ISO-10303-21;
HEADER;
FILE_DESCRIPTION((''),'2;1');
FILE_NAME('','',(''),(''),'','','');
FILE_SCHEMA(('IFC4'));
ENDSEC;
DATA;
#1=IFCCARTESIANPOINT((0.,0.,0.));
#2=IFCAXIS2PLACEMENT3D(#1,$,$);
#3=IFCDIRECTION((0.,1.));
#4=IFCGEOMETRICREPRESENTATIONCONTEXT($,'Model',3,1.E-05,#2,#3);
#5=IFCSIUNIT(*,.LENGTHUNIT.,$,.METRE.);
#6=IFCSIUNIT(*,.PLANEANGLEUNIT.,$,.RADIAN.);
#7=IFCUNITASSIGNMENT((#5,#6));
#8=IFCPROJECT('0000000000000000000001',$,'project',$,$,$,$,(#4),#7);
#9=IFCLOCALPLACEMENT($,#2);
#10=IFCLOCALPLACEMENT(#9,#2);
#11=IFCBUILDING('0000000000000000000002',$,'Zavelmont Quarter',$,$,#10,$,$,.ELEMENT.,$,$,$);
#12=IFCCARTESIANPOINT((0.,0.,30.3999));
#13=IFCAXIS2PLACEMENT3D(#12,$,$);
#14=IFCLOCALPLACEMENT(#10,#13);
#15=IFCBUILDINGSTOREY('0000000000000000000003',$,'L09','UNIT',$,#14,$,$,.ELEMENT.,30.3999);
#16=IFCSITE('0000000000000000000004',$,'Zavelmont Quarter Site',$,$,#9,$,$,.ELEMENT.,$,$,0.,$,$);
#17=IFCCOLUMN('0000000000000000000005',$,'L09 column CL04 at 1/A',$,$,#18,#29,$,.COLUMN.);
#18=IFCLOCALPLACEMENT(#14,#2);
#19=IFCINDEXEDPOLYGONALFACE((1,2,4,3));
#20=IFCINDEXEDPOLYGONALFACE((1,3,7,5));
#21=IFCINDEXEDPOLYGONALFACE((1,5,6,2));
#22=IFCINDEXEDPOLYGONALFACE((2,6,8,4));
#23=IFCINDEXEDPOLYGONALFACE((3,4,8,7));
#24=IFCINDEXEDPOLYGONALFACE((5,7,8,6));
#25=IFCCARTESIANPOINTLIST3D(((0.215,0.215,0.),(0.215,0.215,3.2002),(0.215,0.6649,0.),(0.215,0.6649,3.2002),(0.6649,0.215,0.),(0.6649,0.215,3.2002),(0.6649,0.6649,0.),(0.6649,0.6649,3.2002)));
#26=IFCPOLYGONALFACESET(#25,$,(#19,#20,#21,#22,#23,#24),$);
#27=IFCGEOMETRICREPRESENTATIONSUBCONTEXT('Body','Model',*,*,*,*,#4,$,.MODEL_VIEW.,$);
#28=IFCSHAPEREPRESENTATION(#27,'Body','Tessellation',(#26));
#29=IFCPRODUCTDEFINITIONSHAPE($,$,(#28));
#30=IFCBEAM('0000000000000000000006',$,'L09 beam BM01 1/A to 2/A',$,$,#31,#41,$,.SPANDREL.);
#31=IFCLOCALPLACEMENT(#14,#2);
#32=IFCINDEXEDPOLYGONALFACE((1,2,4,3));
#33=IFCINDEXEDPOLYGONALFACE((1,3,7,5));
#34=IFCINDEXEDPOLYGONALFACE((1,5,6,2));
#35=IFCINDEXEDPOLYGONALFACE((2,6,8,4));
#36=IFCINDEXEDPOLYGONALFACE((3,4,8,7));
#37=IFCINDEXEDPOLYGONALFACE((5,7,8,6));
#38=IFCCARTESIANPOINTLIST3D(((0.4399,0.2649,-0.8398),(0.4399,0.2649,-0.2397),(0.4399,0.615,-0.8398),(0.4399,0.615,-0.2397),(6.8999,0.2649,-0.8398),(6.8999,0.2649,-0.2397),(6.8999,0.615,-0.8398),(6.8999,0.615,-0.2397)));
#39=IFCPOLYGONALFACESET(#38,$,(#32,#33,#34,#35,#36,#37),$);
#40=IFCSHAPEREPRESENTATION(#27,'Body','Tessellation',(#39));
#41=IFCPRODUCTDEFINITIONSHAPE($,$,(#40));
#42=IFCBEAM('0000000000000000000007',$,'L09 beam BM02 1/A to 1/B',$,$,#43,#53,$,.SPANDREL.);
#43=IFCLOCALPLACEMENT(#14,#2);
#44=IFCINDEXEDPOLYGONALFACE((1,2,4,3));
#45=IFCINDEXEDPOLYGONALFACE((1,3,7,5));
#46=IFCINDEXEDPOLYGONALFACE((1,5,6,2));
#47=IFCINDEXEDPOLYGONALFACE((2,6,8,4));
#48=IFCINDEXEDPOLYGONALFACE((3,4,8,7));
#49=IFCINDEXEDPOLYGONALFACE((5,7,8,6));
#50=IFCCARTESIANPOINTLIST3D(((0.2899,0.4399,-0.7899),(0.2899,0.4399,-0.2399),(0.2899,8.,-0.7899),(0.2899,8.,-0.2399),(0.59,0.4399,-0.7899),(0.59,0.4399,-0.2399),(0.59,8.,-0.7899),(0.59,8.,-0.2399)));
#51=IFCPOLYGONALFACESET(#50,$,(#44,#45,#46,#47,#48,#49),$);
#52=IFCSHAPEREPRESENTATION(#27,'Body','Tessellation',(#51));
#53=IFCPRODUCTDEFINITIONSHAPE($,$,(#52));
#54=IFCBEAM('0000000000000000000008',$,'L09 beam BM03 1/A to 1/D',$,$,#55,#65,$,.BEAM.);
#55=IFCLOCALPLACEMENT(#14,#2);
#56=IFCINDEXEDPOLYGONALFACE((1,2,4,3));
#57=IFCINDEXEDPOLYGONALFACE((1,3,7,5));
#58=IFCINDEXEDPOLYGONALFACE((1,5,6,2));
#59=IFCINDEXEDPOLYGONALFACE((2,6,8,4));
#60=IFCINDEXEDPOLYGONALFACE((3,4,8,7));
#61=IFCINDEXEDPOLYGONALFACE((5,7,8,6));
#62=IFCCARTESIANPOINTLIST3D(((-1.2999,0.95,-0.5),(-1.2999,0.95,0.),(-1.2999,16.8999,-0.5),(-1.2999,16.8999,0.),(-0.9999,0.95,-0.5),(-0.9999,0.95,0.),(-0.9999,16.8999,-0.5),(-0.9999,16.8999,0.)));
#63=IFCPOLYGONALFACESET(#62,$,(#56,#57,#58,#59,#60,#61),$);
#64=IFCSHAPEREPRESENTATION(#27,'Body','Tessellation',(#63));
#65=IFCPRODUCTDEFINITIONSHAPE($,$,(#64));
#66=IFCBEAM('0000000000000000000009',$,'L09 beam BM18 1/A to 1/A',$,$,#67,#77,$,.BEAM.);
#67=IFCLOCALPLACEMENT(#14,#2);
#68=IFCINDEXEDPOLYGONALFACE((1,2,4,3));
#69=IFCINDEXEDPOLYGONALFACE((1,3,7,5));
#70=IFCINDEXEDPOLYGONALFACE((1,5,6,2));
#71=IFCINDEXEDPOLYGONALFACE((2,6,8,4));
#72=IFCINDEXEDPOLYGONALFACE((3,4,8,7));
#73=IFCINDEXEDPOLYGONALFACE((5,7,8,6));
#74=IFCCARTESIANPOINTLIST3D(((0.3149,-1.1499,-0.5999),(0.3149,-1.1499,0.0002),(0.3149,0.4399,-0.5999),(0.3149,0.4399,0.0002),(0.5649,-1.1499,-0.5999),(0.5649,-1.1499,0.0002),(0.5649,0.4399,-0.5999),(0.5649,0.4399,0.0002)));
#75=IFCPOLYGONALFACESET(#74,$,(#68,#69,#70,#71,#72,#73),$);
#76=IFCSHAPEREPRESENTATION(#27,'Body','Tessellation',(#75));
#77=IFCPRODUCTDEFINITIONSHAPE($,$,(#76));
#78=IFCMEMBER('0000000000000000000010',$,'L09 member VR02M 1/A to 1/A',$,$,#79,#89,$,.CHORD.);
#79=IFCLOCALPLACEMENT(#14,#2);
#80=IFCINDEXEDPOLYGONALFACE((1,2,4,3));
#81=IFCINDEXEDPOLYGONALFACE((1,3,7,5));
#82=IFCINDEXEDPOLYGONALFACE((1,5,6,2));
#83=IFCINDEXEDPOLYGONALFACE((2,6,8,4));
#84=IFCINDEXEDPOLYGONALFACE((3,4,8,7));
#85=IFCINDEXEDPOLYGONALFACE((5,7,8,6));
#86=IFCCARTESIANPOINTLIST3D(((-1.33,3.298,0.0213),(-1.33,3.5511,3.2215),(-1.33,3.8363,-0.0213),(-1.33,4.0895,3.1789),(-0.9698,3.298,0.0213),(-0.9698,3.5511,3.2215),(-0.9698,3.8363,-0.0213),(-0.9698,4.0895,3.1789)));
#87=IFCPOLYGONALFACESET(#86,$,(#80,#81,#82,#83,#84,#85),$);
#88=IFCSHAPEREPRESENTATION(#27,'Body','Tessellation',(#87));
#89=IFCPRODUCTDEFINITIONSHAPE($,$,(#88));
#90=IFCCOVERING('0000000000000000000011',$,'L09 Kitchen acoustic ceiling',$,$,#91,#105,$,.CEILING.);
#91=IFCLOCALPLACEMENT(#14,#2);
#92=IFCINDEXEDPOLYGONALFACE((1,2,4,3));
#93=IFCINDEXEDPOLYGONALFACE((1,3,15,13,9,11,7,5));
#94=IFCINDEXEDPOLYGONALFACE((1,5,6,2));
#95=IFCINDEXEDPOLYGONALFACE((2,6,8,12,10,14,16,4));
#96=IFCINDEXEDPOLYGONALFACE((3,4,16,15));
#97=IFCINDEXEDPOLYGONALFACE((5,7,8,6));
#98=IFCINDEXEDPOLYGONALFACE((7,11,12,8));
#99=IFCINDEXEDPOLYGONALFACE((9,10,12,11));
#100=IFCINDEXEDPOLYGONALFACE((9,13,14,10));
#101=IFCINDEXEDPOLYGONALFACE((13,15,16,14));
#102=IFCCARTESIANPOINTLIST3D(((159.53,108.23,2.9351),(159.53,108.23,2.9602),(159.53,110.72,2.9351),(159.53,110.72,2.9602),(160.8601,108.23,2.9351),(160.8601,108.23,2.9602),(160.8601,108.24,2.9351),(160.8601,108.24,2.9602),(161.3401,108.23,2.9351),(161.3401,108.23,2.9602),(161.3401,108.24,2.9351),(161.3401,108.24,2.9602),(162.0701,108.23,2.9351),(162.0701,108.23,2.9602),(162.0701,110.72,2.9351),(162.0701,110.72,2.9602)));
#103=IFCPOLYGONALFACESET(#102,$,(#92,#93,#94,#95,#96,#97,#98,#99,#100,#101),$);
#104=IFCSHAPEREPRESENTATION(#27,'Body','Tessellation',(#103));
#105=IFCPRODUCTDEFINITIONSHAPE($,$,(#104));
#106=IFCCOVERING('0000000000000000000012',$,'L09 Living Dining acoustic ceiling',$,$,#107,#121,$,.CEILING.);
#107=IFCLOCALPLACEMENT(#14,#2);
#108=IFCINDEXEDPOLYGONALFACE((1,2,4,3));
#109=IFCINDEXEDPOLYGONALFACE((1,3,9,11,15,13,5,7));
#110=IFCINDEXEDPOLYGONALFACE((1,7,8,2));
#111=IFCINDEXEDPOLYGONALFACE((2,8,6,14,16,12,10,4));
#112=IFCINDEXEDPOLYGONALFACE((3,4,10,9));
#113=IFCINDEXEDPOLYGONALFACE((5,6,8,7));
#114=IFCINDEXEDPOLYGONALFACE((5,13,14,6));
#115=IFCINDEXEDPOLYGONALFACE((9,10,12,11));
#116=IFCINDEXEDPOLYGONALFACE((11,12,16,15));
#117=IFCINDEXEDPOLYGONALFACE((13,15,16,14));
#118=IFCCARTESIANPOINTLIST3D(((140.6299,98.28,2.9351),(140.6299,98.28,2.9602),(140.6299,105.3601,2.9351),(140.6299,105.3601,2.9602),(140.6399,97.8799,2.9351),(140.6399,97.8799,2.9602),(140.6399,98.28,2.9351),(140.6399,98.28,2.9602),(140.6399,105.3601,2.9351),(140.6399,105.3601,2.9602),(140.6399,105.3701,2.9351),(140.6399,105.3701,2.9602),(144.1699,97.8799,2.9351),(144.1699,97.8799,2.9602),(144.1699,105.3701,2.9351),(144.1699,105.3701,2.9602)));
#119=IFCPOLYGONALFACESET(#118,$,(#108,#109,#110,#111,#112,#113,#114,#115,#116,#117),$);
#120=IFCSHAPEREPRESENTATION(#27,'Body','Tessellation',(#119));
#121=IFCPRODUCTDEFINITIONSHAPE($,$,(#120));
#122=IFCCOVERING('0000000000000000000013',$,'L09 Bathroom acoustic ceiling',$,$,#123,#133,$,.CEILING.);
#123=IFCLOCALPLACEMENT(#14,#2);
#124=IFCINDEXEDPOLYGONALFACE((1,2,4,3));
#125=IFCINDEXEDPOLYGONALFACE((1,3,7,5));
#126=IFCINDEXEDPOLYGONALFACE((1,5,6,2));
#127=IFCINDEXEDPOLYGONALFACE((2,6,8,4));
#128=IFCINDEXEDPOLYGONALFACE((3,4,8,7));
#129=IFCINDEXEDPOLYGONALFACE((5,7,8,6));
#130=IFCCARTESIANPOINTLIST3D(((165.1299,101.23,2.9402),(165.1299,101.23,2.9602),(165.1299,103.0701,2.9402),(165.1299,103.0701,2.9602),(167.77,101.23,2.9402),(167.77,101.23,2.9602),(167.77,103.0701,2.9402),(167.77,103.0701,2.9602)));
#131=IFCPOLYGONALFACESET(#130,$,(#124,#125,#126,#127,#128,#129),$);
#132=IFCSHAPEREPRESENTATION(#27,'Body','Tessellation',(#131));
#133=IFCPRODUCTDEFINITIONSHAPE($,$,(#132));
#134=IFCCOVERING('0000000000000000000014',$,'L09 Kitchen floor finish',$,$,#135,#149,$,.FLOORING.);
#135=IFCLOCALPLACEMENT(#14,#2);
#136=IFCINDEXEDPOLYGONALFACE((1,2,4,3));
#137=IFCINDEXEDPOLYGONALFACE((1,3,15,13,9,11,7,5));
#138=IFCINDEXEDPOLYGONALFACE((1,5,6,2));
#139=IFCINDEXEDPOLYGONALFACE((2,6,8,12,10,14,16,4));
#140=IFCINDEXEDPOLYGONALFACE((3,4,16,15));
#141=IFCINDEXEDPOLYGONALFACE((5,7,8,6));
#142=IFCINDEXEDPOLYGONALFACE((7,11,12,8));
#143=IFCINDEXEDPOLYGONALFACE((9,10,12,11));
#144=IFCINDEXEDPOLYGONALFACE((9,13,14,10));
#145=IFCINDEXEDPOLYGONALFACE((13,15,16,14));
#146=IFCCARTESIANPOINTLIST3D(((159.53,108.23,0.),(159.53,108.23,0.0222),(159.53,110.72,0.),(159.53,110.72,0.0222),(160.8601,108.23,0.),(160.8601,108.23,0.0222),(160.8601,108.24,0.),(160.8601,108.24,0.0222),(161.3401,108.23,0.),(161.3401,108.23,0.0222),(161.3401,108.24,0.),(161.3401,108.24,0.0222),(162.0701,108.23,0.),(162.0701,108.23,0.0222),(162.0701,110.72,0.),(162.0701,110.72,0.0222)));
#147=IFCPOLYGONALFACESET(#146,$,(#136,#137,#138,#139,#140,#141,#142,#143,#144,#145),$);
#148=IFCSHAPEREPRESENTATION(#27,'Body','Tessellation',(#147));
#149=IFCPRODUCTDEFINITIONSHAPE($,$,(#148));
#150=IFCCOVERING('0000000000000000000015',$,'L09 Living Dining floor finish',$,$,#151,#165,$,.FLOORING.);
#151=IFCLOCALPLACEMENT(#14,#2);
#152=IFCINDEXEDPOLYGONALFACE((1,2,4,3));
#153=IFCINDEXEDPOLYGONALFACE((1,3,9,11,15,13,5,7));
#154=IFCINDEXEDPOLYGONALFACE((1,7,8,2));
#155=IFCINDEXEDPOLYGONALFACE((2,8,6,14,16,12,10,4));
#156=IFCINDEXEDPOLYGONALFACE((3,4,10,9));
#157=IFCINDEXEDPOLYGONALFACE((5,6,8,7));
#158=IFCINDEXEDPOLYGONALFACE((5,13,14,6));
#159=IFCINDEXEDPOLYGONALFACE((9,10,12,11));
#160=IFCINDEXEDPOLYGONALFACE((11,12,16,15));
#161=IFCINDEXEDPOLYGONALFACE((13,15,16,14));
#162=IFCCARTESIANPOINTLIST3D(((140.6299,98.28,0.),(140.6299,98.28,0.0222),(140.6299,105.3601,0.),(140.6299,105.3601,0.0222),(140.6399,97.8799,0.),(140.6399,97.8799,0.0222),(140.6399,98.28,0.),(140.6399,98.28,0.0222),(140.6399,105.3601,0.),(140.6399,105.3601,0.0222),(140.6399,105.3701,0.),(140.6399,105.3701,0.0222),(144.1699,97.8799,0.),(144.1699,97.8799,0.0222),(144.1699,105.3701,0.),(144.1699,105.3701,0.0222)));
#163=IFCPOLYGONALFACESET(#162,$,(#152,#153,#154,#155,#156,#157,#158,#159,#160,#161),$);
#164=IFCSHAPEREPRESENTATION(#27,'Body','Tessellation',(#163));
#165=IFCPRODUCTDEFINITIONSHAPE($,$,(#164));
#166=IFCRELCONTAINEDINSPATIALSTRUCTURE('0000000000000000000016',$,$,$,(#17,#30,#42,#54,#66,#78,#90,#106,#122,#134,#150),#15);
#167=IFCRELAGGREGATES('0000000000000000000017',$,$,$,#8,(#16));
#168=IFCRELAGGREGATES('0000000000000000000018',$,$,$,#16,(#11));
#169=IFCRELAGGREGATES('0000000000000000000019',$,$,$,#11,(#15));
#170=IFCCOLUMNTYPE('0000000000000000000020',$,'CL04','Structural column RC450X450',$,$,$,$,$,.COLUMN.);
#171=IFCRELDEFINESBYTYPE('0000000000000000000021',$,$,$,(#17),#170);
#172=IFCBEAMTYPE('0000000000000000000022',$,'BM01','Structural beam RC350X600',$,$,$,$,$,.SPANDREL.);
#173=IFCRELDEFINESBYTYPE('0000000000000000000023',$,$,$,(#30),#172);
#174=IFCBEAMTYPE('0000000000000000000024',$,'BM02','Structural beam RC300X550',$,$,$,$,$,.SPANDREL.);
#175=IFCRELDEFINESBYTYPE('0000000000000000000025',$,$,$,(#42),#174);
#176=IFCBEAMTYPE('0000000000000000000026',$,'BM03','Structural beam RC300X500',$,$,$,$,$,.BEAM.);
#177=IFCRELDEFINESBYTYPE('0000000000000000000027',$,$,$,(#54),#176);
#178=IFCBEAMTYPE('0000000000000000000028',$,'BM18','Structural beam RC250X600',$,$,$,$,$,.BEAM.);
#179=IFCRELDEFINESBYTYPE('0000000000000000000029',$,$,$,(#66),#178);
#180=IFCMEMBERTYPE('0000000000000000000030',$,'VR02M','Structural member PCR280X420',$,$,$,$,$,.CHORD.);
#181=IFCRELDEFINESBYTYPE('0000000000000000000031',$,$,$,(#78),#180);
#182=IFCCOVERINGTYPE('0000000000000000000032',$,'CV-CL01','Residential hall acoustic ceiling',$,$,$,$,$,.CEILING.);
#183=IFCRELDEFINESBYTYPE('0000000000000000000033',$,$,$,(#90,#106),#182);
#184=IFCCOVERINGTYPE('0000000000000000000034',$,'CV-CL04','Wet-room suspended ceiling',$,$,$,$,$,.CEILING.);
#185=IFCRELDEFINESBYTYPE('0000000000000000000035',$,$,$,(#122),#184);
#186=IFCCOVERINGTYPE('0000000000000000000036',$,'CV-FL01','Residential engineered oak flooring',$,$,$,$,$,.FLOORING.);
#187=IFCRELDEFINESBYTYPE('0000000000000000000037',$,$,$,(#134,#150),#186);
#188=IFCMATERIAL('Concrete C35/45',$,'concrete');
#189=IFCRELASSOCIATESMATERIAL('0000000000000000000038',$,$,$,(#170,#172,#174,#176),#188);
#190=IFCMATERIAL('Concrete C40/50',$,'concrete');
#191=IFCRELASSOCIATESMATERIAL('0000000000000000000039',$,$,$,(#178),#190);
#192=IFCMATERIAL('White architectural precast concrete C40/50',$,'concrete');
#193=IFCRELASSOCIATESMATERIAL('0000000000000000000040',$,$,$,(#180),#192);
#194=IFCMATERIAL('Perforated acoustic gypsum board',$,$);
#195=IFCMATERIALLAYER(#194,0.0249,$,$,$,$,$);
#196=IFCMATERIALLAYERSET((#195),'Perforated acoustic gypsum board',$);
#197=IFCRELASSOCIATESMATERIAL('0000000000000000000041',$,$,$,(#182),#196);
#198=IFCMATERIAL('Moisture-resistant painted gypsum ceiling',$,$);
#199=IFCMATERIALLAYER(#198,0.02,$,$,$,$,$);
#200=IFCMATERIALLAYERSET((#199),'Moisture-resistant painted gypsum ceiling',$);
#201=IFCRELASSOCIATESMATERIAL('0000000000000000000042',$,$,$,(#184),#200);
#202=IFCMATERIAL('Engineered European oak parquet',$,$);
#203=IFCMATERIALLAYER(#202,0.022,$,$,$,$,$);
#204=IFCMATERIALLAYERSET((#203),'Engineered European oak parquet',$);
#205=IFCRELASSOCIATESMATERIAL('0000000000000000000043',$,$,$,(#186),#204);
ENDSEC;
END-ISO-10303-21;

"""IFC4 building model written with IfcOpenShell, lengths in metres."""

from ifc_helpers import new_model, si_unit, direction, frame, origin, origin_2d, place, context, subcontext, project, spatial, polyline, rectangle, outline, extrude, material, layer, layer_set, material_profile, profile_set, type_object, element, save


model = new_model("IFC4")

# Units and contexts
model_context = context("Model", 3, precision=1e-05, world=origin(), true_north=direction((0.0, 1.0)))
body_context = subcontext(model_context, "Body", "Model", "MODEL_VIEW")
ifc_project = project(units=[si_unit("LENGTHUNIT", "METRE"), si_unit("PLANEANGLEUNIT", "RADIAN")], contexts=[model_context])

# Site, building, storey
site_placement = place(None, origin())
site = spatial("IfcSite", under=ifc_project, at=site_placement, Name="Zavelmont Quarter Site", CompositionType="ELEMENT", RefElevation=0.0)
building_placement = place(site_placement, origin())
building = spatial("IfcBuilding", under=site, at=building_placement, Name="Zavelmont Quarter", CompositionType="ELEMENT")
storey_placement = place(building_placement, frame((0.0, 0.0, 30.3999)))
storey = spatial("IfcBuildingStorey", under=building, at=storey_placement, Name="L09", Description="UNIT", CompositionType="ELEMENT", Elevation=30.3999)

# Column
ifc_material_1 = material(Name="Concrete C35/45", Category="concrete")
ifc_material_profile_1 = material_profile(ifc_material_1, rectangle(XDim=0.45, YDim=0.45, at=origin_2d()), Name="RC450X450")
ifc_profile_set_1 = profile_set([ifc_material_profile_1], Name="Concrete C35/45")
column_type = type_object("IfcColumnType", Name="CL04", Description="Structural column RC450X450", PredefinedType="COLUMN", material=ifc_profile_set_1)
column_placement = place(storey_placement, frame((0.4399, 0.4399, 0.0), z_axis=(0.0, 0.0, 1.0), x_axis=(1.0, 0.0, 0.0)))
element("IfcColumn", 1, at=column_placement, inside=storey, type_object=column_type, Name="L09 column CL04 at 1/A", PredefinedType="COLUMN", context=body_context, shape_type="SweptSolid", body=[
    extrude(rectangle(XDim=0.45, YDim=0.45, at=origin_2d()), origin(), (0.0, 0.0, 1.0), 3.2002),
])

# Beams
ifc_material_profile_2 = material_profile(ifc_material_1, rectangle(XDim=0.3501, YDim=0.6001, at=origin_2d()), Name="RC350X600")
ifc_profile_set_2 = profile_set([ifc_material_profile_2], Name="Concrete C35/45")
beam_type_1 = type_object("IfcBeamType", Name="BM01", Description="Structural beam RC350X600", PredefinedType="SPANDREL", material=ifc_profile_set_2)
beam_1_placement = place(storey_placement, frame((0.4399, 0.4399, -0.5398), z_axis=(1.0, 0.0, 0.0), x_axis=(0.0, 1.0, 0.0)))
element("IfcBeam", 2, at=beam_1_placement, inside=storey, type_object=beam_type_1, Name="L09 beam BM01 1/A to 2/A", PredefinedType="SPANDREL", context=body_context, shape_type="SweptSolid", body=[
    extrude(rectangle(XDim=0.3501, YDim=0.6001, at=origin_2d()), origin(), (0.0, 0.0, 1.0), 6.46),
])
ifc_material_profile_3 = material_profile(ifc_material_1, rectangle(XDim=0.3, YDim=0.55, at=origin_2d()), Name="RC300X550")
ifc_profile_set_3 = profile_set([ifc_material_profile_3], Name="Concrete C35/45")
beam_type_2 = type_object("IfcBeamType", Name="BM02", Description="Structural beam RC300X550", PredefinedType="SPANDREL", material=ifc_profile_set_3)
beam_2_placement = place(storey_placement, frame((0.4399, 0.4399, -0.5149), z_axis=(0.0, 1.0, 0.0), x_axis=(-1.0, 0.0, 0.0)))
element("IfcBeam", 3, at=beam_2_placement, inside=storey, type_object=beam_type_2, Name="L09 beam BM02 1/A to 1/B", PredefinedType="SPANDREL", context=body_context, shape_type="SweptSolid", body=[
    extrude(rectangle(XDim=0.3, YDim=0.55, at=origin_2d()), origin(), (0.0, 0.0, 1.0), 7.5601),
])
ifc_material_profile_4 = material_profile(ifc_material_1, rectangle(XDim=0.3, YDim=0.5, at=origin_2d()), Name="RC300X500")
ifc_profile_set_4 = profile_set([ifc_material_profile_4], Name="Concrete C35/45")
beam_type_3 = type_object("IfcBeamType", Name="BM03", Description="Structural beam RC300X500", PredefinedType="BEAM", material=ifc_profile_set_4)
beam_3_placement = place(storey_placement, frame((-1.1499, 0.95, -0.25), z_axis=(0.0, 1.0, 0.0), x_axis=(-1.0, 0.0, 0.0)))
element("IfcBeam", 4, at=beam_3_placement, inside=storey, type_object=beam_type_3, Name="L09 beam BM03 1/A to 1/D", PredefinedType="BEAM", context=body_context, shape_type="SweptSolid", body=[
    extrude(rectangle(XDim=0.3, YDim=0.5, at=origin_2d()), origin(), (0.0, 0.0, 1.0), 15.95),
])
ifc_material_2 = material(Name="Concrete C40/50", Category="concrete")
ifc_material_profile_5 = material_profile(ifc_material_2, rectangle(XDim=0.25, YDim=0.6001, at=origin_2d()), Name="RC250X600")
ifc_profile_set_5 = profile_set([ifc_material_profile_5], Name="Concrete C40/50")
beam_type_4 = type_object("IfcBeamType", Name="BM18", Description="Structural beam RC250X600", PredefinedType="BEAM", material=ifc_profile_set_5)
beam_4_placement = place(storey_placement, frame((0.4399, 0.4399, -0.2998), z_axis=(0.0, -1.0, 0.0), x_axis=(1.0, 0.0, 0.0)))
element("IfcBeam", 5, at=beam_4_placement, inside=storey, type_object=beam_type_4, Name="L09 beam BM18 1/A to 1/A", PredefinedType="BEAM", context=body_context, shape_type="SweptSolid", body=[
    extrude(rectangle(XDim=0.25, YDim=0.6001, at=origin_2d()), origin(), (0.0, 0.0, 1.0), 1.5898),
])

# Member
ifc_material_3 = material(Name="White architectural precast concrete C40/50", Category="concrete")
ifc_material_profile_6 = material_profile(ifc_material_3, rectangle(XDim=0.3601, YDim=0.54, at=origin_2d()), Name="PCR280X420")
ifc_profile_set_6 = profile_set([ifc_material_profile_6], Name="White architectural precast concrete C40/50")
member_type = type_object("IfcMemberType", Name="VR02M", Description="Structural member PCR280X420", PredefinedType="CHORD", material=ifc_profile_set_6)
member_placement = place(storey_placement, frame((-1.1499, 3.5671, 0.0), z_axis=(0.0, 0.078866, 0.996885), x_axis=(-1.0, 0.0, 0.0)))
element("IfcMember", 6, at=member_placement, inside=storey, type_object=member_type, Name="L09 member VR02M 1/A to 1/A", PredefinedType="CHORD", context=body_context, shape_type="SweptSolid", body=[
    extrude(rectangle(XDim=0.3601, YDim=0.54, at=origin_2d()), origin(), (0.0, 0.0, 1.0), 3.2102),
])

# Coverings
ifc_material_4 = material(Name="Perforated acoustic gypsum board")
ifc_layer_1 = layer(ifc_material_4, 0.0249)
ifc_layer_set_1 = layer_set([ifc_layer_1], Name="Perforated acoustic gypsum board")
covering_type_1 = type_object("IfcCoveringType", Name="CV-CL01", Description="Residential hall acoustic ceiling", PredefinedType="CEILING", material=ifc_layer_set_1)
covering_1_placement = place(storey_placement, frame((0.0, 0.0, 2.9351)))
element("IfcCovering", 7, at=covering_1_placement, inside=storey, type_object=covering_type_1, Name="L09 Kitchen acoustic ceiling", PredefinedType="CEILING", context=body_context, shape_type="SweptSolid", body=[
    extrude(outline(polyline([(159.53, 110.72), (162.0701, 110.72), (162.0701, 108.23), (161.3401, 108.23), (161.3401, 108.24), (160.8601, 108.24), (160.8601, 108.23), (159.53, 108.23), (159.53, 110.72)])), origin(), (0.0, 0.0, 1.0), 0.0251),
])
covering_2_placement = place(storey_placement, frame((0.0, 0.0, 2.9351)))
element("IfcCovering", 8, at=covering_2_placement, inside=storey, type_object=covering_type_1, Name="L09 Living Dining acoustic ceiling", PredefinedType="CEILING", context=body_context, shape_type="SweptSolid", body=[
    extrude(outline(polyline([(140.6299, 105.3601), (140.6399, 105.3601), (140.6399, 105.3701), (144.1699, 105.3701), (144.1699, 97.8799), (140.6399, 97.8799), (140.6399, 98.28), (140.6299, 98.28), (140.6299, 105.3601)])), origin(), (0.0, 0.0, 1.0), 0.0251),
])
ifc_material_5 = material(Name="Moisture-resistant painted gypsum ceiling")
ifc_layer_2 = layer(ifc_material_5, 0.02)
ifc_layer_set_2 = layer_set([ifc_layer_2], Name="Moisture-resistant painted gypsum ceiling")
covering_type_2 = type_object("IfcCoveringType", Name="CV-CL04", Description="Wet-room suspended ceiling", PredefinedType="CEILING", material=ifc_layer_set_2)
covering_3_placement = place(storey_placement, frame((0.0, 0.0, 2.9402)))
element("IfcCovering", 9, at=covering_3_placement, inside=storey, type_object=covering_type_2, Name="L09 Bathroom acoustic ceiling", PredefinedType="CEILING", context=body_context, shape_type="SweptSolid", body=[
    extrude(outline(polyline([(165.1299, 103.0701), (167.77, 103.0701), (167.77, 101.23), (165.1299, 101.23), (165.1299, 103.0701)])), origin(), (0.0, 0.0, 1.0), 0.02),
])
ifc_material_6 = material(Name="Engineered European oak parquet")
ifc_layer_3 = layer(ifc_material_6, 0.022)
ifc_layer_set_3 = layer_set([ifc_layer_3], Name="Engineered European oak parquet")
covering_type_3 = type_object("IfcCoveringType", Name="CV-FL01", Description="Residential engineered oak flooring", PredefinedType="FLOORING", material=ifc_layer_set_3)
covering_4_placement = place(storey_placement, origin())
element("IfcCovering", 10, at=covering_4_placement, inside=storey, type_object=covering_type_3, Name="L09 Kitchen floor finish", PredefinedType="FLOORING", context=body_context, shape_type="SweptSolid", body=[
    extrude(outline(polyline([(159.53, 110.72), (162.0701, 110.72), (162.0701, 108.23), (161.3401, 108.23), (161.3401, 108.24), (160.8601, 108.24), (160.8601, 108.23), (159.53, 108.23), (159.53, 110.72)])), origin(), (0.0, 0.0, 1.0), 0.0222),
])
covering_5_placement = place(storey_placement, origin())
element("IfcCovering", 11, at=covering_5_placement, inside=storey, type_object=covering_type_3, Name="L09 Living Dining floor finish", PredefinedType="FLOORING", context=body_context, shape_type="SweptSolid", body=[
    extrude(outline(polyline([(140.6299, 105.3601), (140.6399, 105.3601), (140.6399, 105.3701), (144.1699, 105.3701), (144.1699, 97.8799), (140.6399, 97.8799), (140.6399, 98.28), (140.6299, 98.28), (140.6299, 105.3601)])), origin(), (0.0, 0.0, 1.0), 0.0222),
])

save(model, "model.ifc")
